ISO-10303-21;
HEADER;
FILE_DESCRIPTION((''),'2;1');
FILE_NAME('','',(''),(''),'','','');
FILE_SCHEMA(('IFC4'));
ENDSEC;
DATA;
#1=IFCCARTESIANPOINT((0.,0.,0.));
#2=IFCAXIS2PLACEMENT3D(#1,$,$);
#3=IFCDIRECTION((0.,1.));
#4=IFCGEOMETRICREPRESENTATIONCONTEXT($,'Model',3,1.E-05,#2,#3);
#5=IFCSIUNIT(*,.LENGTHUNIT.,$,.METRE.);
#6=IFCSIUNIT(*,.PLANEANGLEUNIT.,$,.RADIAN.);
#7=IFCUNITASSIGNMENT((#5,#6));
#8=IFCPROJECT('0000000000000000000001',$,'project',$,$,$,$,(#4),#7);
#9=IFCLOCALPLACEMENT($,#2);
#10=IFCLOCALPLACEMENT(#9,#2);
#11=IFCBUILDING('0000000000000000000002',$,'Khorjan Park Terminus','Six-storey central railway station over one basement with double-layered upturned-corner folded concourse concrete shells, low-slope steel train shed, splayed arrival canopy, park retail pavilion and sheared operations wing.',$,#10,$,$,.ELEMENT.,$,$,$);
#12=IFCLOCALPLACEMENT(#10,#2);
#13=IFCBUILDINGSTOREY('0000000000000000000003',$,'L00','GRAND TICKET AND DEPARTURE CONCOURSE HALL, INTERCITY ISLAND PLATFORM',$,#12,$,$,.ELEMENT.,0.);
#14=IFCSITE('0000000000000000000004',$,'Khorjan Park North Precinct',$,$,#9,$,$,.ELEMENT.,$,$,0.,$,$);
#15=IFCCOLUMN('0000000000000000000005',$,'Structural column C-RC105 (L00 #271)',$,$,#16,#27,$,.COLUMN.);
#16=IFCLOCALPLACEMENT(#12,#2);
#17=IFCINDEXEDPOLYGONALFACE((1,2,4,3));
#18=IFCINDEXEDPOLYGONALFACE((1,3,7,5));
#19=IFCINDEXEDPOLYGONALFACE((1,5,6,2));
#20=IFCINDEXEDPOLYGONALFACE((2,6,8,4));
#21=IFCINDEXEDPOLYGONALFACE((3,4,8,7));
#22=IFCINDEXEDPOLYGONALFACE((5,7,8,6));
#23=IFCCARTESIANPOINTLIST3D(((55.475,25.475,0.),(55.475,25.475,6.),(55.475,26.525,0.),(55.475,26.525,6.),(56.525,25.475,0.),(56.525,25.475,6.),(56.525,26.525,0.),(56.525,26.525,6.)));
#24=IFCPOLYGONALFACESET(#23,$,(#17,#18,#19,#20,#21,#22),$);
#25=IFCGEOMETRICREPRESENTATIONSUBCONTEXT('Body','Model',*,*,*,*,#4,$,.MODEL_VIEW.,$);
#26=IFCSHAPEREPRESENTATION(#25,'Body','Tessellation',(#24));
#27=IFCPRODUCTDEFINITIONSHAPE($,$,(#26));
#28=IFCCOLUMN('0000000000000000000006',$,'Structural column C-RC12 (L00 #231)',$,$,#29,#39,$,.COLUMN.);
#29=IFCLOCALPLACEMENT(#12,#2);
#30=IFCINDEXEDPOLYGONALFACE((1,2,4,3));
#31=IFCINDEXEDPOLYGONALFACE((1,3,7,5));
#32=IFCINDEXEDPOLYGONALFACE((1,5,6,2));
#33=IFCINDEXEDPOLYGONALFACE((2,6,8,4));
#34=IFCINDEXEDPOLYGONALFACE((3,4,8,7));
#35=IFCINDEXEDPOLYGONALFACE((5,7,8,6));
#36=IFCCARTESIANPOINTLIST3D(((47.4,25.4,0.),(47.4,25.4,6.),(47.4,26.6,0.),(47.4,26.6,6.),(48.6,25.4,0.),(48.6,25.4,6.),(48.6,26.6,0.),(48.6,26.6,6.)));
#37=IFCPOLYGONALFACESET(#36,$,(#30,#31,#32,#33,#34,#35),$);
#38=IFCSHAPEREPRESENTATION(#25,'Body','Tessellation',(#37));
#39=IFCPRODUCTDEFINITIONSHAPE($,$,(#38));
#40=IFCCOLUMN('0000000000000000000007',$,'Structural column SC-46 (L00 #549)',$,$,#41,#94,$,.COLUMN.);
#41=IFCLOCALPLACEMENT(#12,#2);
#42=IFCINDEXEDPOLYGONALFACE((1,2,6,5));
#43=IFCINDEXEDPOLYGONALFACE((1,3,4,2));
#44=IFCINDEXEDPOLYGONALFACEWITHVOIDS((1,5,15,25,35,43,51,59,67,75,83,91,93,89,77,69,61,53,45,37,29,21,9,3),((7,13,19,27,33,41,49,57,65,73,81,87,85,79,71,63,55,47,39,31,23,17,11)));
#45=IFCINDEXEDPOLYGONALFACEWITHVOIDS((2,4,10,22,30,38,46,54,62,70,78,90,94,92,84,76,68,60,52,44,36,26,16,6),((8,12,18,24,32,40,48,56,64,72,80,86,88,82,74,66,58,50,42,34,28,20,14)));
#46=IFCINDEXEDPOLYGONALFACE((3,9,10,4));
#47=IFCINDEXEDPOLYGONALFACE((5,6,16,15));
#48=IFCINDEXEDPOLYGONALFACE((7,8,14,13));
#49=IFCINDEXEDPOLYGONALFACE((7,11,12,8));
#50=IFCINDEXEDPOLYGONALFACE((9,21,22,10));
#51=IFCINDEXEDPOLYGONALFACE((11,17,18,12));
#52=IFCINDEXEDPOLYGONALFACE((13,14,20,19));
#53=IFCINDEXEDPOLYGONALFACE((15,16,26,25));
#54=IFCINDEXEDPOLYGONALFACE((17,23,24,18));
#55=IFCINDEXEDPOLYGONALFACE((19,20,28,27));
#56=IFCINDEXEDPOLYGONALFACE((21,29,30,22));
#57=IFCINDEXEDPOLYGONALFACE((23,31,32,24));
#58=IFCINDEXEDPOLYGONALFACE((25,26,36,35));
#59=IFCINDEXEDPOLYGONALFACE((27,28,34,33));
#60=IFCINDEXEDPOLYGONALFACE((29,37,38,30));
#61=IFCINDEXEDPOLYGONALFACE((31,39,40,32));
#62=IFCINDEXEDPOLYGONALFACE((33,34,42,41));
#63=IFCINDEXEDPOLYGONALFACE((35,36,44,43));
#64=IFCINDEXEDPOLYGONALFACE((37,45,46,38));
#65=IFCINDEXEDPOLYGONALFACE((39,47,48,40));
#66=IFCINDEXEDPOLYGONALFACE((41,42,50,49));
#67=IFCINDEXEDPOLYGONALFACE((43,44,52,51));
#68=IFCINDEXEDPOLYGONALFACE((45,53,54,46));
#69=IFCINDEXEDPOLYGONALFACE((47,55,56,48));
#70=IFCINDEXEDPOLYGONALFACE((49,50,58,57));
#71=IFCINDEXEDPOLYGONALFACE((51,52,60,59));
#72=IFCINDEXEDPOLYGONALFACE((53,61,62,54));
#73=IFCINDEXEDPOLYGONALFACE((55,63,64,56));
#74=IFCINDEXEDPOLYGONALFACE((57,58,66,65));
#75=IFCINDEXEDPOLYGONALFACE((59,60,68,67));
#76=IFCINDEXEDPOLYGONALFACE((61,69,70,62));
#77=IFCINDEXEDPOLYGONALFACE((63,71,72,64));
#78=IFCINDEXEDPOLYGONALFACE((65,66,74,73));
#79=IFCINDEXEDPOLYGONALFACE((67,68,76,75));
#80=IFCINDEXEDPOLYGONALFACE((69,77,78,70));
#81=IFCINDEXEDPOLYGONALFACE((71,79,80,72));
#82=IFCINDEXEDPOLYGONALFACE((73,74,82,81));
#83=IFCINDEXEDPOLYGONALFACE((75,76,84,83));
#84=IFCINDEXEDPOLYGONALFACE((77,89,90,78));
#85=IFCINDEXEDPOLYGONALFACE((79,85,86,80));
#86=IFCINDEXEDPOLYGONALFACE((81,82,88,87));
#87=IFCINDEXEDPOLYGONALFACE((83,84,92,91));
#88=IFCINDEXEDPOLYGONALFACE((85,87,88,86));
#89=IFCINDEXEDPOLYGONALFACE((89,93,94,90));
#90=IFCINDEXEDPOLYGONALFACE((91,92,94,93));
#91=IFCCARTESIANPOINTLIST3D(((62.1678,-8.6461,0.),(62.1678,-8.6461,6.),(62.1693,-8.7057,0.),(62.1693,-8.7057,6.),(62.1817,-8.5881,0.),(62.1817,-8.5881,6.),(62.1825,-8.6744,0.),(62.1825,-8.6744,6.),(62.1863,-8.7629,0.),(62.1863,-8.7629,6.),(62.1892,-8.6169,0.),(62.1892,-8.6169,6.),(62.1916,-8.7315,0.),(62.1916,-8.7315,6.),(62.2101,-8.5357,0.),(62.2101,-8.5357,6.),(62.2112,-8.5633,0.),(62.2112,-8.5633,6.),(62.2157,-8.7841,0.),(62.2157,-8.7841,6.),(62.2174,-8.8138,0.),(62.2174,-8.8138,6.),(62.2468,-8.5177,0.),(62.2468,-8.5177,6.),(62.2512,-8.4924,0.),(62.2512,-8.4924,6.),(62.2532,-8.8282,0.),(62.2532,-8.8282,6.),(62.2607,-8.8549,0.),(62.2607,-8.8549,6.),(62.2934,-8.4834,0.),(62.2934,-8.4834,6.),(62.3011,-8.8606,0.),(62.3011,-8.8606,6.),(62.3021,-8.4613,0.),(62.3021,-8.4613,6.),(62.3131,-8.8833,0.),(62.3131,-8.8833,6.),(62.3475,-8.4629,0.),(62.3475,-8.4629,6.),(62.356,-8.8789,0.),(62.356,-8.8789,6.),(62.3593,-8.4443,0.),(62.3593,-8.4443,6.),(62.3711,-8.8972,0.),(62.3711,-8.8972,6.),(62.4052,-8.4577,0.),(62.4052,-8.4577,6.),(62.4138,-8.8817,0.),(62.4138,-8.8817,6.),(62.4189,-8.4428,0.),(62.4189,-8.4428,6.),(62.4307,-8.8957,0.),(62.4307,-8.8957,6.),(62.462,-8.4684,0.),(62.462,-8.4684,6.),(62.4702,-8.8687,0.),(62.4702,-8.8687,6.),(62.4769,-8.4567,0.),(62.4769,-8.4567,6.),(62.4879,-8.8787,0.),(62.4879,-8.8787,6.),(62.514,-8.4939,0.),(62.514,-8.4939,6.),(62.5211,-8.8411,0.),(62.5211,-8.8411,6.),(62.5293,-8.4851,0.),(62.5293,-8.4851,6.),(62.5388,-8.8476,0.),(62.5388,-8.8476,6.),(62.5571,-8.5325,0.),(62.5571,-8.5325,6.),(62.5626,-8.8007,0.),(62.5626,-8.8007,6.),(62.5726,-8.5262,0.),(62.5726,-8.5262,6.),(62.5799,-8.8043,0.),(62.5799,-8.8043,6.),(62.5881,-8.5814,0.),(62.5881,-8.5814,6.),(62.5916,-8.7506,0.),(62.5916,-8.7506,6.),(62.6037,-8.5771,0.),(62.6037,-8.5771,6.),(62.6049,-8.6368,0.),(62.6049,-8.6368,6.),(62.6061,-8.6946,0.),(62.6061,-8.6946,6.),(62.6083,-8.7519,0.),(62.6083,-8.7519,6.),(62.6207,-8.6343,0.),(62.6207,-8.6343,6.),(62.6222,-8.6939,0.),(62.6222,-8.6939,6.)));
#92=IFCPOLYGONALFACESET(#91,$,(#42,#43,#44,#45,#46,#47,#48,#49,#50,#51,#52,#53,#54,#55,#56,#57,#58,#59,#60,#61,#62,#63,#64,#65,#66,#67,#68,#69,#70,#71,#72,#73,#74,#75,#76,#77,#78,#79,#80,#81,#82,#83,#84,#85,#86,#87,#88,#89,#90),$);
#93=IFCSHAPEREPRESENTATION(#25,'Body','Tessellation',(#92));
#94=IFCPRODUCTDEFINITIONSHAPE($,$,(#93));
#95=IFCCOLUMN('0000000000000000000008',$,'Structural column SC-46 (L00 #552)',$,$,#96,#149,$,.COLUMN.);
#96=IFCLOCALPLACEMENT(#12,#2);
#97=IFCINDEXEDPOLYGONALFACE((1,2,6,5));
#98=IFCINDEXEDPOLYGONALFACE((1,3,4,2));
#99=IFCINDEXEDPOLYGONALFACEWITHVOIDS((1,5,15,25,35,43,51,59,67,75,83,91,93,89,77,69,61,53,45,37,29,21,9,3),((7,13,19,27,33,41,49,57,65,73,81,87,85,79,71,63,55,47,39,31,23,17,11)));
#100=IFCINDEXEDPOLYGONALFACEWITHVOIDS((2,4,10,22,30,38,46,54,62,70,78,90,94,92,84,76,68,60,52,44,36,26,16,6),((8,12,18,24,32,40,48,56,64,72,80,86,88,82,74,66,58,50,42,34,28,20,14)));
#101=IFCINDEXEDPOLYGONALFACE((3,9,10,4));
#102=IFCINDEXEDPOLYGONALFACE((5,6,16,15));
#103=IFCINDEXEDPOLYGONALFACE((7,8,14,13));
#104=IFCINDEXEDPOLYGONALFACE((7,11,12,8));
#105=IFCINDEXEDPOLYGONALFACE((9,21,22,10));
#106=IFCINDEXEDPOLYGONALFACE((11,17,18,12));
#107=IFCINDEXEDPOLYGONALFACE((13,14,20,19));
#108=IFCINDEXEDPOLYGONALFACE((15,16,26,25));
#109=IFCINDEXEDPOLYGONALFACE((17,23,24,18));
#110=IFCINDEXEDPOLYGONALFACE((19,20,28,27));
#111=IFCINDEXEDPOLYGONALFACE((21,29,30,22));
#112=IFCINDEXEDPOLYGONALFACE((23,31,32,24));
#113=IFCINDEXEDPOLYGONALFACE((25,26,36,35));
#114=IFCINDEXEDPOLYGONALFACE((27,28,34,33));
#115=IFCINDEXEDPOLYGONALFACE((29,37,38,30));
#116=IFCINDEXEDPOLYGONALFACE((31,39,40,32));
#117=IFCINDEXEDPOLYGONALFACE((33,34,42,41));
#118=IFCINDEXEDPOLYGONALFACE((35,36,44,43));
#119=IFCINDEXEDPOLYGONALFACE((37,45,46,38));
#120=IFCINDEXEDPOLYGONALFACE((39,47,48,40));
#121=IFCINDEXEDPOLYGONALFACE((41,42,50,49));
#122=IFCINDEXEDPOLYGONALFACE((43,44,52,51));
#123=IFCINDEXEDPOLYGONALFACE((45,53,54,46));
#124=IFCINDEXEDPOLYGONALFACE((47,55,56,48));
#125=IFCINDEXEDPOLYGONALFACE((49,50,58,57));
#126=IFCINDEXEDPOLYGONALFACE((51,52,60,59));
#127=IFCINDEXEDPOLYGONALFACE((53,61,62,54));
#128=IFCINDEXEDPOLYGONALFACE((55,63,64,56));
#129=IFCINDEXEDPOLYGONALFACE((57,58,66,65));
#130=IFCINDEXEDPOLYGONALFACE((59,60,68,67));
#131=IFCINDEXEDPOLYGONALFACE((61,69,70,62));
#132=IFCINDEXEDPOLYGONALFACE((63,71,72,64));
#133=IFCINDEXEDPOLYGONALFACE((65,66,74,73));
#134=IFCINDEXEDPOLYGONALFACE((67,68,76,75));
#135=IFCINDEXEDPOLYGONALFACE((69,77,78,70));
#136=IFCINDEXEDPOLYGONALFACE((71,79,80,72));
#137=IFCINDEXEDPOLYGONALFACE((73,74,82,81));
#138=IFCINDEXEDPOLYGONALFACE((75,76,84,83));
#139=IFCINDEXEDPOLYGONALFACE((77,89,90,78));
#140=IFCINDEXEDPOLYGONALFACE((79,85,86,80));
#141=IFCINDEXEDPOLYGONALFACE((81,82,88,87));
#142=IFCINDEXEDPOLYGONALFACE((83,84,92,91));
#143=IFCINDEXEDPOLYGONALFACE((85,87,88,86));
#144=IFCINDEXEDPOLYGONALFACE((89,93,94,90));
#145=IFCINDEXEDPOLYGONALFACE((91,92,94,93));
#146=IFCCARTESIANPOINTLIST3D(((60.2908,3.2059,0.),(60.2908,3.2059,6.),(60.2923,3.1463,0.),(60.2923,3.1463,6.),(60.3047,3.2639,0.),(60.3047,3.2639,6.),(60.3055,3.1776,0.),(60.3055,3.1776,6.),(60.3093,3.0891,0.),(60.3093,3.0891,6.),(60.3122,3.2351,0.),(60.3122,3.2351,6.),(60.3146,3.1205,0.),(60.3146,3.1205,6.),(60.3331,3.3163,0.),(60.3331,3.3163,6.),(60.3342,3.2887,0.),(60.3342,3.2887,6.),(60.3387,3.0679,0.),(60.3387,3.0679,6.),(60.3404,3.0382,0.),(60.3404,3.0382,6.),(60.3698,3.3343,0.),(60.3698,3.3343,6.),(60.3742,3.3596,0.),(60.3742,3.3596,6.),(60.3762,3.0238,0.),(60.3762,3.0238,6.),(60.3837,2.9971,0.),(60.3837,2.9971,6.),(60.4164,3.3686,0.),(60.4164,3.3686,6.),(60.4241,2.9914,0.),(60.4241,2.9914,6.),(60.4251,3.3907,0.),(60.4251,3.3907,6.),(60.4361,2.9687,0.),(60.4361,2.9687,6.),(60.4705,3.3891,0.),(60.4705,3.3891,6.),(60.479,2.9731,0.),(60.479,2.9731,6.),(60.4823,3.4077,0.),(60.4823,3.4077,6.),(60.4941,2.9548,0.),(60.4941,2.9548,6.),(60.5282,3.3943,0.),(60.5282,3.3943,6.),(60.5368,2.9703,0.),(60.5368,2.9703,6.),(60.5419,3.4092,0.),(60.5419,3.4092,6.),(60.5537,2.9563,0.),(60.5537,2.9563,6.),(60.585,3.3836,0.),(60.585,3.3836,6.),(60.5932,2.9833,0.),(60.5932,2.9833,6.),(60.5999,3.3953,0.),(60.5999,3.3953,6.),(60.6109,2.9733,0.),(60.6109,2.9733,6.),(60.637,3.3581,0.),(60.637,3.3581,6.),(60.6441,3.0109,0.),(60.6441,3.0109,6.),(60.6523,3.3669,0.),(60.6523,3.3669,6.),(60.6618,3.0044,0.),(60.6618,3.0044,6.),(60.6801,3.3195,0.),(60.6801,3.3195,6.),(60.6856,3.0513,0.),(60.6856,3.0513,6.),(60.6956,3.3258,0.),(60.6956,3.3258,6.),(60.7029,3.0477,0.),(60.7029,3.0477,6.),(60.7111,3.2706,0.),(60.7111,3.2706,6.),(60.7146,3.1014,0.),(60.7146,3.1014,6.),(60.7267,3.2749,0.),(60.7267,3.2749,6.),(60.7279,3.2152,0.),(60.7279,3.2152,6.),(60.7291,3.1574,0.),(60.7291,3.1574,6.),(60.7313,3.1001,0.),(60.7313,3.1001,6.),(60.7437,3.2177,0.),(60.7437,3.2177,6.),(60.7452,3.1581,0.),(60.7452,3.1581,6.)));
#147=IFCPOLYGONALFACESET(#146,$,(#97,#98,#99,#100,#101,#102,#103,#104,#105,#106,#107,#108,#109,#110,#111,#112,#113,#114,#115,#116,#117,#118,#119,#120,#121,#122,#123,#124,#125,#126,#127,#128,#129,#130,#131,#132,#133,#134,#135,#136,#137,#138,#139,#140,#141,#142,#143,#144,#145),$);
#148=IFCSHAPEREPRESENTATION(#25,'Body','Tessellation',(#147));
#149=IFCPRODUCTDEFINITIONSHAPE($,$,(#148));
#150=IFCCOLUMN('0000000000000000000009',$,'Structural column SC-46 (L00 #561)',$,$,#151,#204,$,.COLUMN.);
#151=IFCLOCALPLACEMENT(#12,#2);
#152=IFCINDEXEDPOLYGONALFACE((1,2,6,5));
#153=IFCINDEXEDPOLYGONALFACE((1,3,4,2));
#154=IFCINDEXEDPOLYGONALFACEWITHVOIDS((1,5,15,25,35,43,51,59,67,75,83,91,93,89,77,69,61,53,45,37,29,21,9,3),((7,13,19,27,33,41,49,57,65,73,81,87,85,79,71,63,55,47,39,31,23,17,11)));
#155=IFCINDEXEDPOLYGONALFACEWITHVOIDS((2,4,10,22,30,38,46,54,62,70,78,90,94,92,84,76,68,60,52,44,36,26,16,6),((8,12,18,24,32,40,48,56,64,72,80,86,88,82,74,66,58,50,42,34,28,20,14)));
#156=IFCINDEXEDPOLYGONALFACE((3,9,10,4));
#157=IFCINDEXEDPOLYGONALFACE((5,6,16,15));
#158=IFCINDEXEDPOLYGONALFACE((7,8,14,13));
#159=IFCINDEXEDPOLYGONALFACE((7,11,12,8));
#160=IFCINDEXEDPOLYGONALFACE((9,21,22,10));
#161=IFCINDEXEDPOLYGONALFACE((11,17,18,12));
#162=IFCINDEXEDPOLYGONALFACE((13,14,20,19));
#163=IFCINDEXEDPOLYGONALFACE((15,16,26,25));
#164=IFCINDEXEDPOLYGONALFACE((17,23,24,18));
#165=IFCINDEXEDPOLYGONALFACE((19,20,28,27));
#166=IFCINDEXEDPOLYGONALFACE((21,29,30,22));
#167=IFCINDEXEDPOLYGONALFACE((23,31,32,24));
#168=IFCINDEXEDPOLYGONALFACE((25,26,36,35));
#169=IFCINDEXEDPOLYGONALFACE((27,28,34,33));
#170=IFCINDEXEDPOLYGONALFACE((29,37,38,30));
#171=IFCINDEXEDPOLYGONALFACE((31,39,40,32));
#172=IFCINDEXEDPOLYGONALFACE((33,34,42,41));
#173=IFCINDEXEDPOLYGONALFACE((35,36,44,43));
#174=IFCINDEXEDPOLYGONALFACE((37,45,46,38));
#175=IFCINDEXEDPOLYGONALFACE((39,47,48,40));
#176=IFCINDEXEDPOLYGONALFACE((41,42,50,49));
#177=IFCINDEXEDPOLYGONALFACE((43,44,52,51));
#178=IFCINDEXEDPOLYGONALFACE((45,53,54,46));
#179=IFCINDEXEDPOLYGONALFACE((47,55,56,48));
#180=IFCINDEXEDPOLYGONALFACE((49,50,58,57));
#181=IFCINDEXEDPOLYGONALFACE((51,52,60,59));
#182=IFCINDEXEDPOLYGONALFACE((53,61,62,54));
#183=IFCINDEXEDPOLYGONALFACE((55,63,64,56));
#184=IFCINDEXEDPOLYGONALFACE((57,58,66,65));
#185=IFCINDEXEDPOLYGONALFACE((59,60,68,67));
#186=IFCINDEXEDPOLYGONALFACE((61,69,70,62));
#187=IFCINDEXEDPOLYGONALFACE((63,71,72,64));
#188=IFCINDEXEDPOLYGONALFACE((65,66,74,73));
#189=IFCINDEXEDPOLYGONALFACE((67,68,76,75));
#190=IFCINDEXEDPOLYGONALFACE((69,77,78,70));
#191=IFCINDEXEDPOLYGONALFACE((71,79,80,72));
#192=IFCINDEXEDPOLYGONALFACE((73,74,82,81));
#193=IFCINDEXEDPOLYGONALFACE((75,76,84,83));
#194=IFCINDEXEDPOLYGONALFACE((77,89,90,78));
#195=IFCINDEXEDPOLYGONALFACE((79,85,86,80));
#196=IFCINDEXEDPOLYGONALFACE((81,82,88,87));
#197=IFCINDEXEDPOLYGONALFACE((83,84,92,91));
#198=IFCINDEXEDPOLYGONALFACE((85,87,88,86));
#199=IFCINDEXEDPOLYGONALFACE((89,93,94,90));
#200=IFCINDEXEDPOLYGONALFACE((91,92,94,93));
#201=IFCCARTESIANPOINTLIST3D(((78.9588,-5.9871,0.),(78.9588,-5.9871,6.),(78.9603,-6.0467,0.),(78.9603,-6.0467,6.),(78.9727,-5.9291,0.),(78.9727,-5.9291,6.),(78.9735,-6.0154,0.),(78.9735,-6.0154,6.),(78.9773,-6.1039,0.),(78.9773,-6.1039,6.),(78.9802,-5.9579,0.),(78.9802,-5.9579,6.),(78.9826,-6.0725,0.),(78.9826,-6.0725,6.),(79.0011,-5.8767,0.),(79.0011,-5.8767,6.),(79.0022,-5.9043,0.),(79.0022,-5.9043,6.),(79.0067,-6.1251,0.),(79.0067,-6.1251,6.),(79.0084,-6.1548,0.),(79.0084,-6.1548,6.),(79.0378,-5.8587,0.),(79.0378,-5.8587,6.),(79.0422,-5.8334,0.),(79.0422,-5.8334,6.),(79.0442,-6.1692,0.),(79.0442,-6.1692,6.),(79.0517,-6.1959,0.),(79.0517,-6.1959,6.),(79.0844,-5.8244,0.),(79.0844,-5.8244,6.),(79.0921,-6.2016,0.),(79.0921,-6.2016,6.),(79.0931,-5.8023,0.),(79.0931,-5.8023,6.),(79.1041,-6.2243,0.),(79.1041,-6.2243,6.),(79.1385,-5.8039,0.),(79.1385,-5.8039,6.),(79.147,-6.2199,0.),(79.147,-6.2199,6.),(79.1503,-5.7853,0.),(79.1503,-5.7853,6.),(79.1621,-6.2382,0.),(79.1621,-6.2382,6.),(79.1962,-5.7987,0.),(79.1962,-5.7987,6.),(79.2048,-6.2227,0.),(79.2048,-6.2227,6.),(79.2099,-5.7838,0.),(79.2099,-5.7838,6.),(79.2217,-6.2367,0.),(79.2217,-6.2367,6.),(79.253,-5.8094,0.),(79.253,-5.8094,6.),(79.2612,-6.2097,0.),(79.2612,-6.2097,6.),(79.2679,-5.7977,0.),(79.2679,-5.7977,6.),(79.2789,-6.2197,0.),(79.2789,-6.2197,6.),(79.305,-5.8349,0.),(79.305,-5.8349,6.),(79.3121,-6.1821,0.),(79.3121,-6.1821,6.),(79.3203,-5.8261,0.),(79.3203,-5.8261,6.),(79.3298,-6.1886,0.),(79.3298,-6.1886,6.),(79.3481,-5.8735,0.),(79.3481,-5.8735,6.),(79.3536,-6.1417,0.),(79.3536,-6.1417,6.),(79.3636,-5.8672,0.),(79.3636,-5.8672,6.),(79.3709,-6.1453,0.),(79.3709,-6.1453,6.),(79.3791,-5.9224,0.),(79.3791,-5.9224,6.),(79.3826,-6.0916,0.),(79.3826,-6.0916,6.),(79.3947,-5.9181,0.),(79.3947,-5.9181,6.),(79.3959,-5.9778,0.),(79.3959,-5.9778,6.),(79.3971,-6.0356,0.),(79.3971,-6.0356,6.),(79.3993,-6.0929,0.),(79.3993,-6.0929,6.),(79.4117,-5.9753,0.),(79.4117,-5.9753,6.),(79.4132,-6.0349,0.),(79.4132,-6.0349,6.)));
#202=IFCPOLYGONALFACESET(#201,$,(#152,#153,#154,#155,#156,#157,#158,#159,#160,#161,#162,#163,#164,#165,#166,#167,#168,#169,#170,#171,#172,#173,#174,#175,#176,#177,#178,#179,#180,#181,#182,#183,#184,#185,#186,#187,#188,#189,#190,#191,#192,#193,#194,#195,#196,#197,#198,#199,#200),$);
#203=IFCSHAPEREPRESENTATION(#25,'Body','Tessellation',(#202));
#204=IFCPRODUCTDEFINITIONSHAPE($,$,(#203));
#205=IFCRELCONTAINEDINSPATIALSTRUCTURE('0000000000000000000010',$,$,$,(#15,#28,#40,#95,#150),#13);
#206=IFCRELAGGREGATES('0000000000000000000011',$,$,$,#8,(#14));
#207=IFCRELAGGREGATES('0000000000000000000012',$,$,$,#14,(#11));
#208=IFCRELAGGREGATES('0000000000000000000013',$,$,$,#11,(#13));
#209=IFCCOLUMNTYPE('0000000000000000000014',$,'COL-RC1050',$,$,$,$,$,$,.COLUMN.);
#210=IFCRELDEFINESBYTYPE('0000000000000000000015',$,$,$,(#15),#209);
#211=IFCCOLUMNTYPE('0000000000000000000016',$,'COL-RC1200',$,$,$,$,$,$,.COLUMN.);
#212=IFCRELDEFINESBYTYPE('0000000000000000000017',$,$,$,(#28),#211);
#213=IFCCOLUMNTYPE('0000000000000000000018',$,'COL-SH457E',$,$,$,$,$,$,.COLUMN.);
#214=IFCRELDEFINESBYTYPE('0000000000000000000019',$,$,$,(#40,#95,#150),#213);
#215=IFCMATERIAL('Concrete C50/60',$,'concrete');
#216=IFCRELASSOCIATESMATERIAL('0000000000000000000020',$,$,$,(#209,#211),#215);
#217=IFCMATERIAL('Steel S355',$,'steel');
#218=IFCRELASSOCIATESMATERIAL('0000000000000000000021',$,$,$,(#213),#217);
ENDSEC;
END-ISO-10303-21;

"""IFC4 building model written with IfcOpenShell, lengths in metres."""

from ifc_helpers import new_model, si_unit, direction, frame, origin, origin_2d, place, context, subcontext, project, spatial, rectangle, hollow_circle, extrude, material, material_profile, profile_set, type_object, element, save


model = new_model("IFC4")

# Units and contexts
model_context = context("Model", 3, precision=1e-05, world=origin(), true_north=direction((0.0, 1.0)))
body_context = subcontext(model_context, "Body", "Model", "MODEL_VIEW")
ifc_project = project(units=[si_unit("LENGTHUNIT", "METRE"), si_unit("PLANEANGLEUNIT", "RADIAN")], contexts=[model_context])

# Site, building, storey
site_placement = place(None, origin())
site = spatial("IfcSite", under=ifc_project, at=site_placement, Name="Khorjan Park North Precinct", CompositionType="ELEMENT", RefElevation=0.0)
building_placement = place(site_placement, origin())
building = spatial("IfcBuilding", under=site, at=building_placement, Name="Khorjan Park Terminus", Description="Six-storey central railway station over one basement with double-layered upturned-corner folded concourse concrete shells, low-slope steel train shed, splayed arrival canopy, park retail pavilion and sheared operations wing.", CompositionType="ELEMENT")
storey_placement = place(building_placement, origin())
storey = spatial("IfcBuildingStorey", under=building, at=storey_placement, Name="L00", Description="GRAND TICKET AND DEPARTURE CONCOURSE HALL, INTERCITY ISLAND PLATFORM", CompositionType="ELEMENT", Elevation=0.0)

# Columns
ifc_material_1 = material(Name="Concrete C50/60", Category="concrete")
ifc_material_profile_1 = material_profile(ifc_material_1, rectangle(XDim=1.05, YDim=1.05, at=origin_2d()), Name="RC 1050x1050")
ifc_profile_set_1 = profile_set([ifc_material_profile_1], Name="Concrete C50/60")
column_type_1 = type_object("IfcColumnType", Name="COL-RC1050", PredefinedType="COLUMN", material=ifc_profile_set_1)
column_1_placement = place(storey_placement, frame((56.0, 26.0, 0.0), z_axis=(0.0, 0.0, 1.0), x_axis=(1.0, 0.0, 0.0)))
element("IfcColumn", 1, at=column_1_placement, inside=storey, type_object=column_type_1, Name="Structural column C-RC105 (L00 #271)", PredefinedType="COLUMN", context=body_context, shape_type="SweptSolid", body=[
    extrude(rectangle(XDim=1.05, YDim=1.05, at=origin_2d()), origin(), (0.0, 0.0, 1.0), 6.0),
])
ifc_material_profile_2 = material_profile(ifc_material_1, rectangle(XDim=1.2, YDim=1.2, at=origin_2d()), Name="RC 1200x1200")
ifc_profile_set_2 = profile_set([ifc_material_profile_2], Name="Concrete C50/60")
column_type_2 = type_object("IfcColumnType", Name="COL-RC1200", PredefinedType="COLUMN", material=ifc_profile_set_2)
column_2_placement = place(storey_placement, frame((48.0, 26.0, 0.0), z_axis=(0.0, 0.0, 1.0), x_axis=(1.0, 0.0, 0.0)))
element("IfcColumn", 2, at=column_2_placement, inside=storey, type_object=column_type_2, Name="Structural column C-RC12 (L00 #231)", PredefinedType="COLUMN", context=body_context, shape_type="SweptSolid", body=[
    extrude(rectangle(XDim=1.2, YDim=1.2, at=origin_2d()), origin(), (0.0, 0.0, 1.0), 6.0),
])
ifc_material_2 = material(Name="Steel S355", Category="steel")
ifc_material_profile_3 = material_profile(ifc_material_2, hollow_circle(Radius=0.2285, WallThickness=0.016, at=origin_2d()), Name="CHS 457x16")
ifc_profile_set_3 = profile_set([ifc_material_profile_3], Name="Steel S355")
column_type_3 = type_object("IfcColumnType", Name="COL-SH457E", PredefinedType="COLUMN", material=ifc_profile_set_3)
for number, where, z_axis, x_axis, name in (
    (3, (62.395, -8.67, 0.0), (0.0, 0.0, 1.0), (0.987688, 0.156434, 0.0), "Structural column SC-46 (L00 #549)"),
    (4, (60.518, 3.182, 0.0), (0.0, 0.0, 1.0), (0.987688, 0.156434, 0.0), "Structural column SC-46 (L00 #552)"),
    (5, (79.186, -6.011, 0.0), (0.0, 0.0, 1.0), (0.987688, 0.156434, 0.0), "Structural column SC-46 (L00 #561)"),
):
    element("IfcColumn", number, at=place(storey_placement, frame(where, z_axis=z_axis, x_axis=x_axis)), inside=storey, type_object=column_type_3, Name=name, PredefinedType="COLUMN", context=body_context, shape_type="SweptSolid", body=[
        extrude(hollow_circle(Radius=0.2285, WallThickness=0.016, at=origin_2d()), origin(), (0.0, 0.0, 1.0), 6.0),
    ])

save(model, "model.ifc")
